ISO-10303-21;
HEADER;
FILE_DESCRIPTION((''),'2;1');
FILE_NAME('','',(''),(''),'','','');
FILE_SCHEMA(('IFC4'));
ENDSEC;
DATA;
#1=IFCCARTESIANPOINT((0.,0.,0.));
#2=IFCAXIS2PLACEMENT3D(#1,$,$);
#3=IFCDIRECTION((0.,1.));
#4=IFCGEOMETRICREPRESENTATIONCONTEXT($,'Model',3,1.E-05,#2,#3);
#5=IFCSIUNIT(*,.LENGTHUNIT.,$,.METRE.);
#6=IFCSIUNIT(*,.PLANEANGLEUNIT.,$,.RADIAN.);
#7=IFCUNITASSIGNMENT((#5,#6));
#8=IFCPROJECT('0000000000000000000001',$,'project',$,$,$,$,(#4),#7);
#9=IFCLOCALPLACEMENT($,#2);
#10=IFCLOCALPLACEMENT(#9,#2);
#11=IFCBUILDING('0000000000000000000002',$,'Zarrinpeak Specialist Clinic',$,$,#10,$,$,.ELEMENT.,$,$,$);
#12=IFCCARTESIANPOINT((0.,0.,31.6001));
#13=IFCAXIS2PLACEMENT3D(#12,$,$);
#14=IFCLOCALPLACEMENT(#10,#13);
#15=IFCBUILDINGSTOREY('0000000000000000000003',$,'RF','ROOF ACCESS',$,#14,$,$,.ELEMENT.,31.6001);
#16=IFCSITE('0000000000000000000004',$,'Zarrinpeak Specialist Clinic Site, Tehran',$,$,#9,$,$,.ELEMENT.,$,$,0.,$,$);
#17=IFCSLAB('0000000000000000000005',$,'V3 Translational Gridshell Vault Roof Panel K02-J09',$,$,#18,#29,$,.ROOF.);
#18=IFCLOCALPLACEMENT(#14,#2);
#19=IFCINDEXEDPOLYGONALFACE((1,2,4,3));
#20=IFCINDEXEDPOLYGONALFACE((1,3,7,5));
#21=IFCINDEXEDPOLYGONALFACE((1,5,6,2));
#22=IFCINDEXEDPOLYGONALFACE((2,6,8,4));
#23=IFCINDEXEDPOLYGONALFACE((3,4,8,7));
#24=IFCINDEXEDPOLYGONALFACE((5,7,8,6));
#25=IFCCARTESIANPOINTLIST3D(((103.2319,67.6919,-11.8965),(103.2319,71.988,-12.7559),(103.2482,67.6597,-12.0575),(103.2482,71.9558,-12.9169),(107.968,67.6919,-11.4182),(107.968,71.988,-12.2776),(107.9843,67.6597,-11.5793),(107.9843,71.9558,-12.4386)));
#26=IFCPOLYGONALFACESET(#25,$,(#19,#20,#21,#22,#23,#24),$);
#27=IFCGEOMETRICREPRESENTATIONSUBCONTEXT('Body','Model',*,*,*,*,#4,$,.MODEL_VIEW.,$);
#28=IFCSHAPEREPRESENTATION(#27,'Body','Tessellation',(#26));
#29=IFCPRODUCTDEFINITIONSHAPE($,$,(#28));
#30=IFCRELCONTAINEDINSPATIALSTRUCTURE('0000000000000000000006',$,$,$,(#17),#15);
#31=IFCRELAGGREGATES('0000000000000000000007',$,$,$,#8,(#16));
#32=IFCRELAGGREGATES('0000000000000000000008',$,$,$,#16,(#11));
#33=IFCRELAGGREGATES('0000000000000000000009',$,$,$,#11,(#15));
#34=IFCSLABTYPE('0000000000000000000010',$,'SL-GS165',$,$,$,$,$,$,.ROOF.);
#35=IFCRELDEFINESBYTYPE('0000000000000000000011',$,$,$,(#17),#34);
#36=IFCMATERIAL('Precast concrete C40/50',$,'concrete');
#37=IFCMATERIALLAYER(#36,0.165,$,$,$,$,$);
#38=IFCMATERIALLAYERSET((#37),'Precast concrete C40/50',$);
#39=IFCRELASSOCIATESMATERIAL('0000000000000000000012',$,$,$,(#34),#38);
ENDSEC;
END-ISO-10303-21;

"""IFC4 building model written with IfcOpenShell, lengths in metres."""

from ifc_helpers import new_model, si_unit, direction, frame, origin, place, context, subcontext, project, spatial, polyline, outline, extrude, material, layer, layer_set, type_object, element, save


model = new_model("IFC4")

# Units and contexts
model_context = context("Model", 3, precision=1e-05, world=origin(), true_north=direction((0.0, 1.0)))
body_context = subcontext(model_context, "Body", "Model", "MODEL_VIEW")
ifc_project = project(units=[si_unit("LENGTHUNIT", "METRE"), si_unit("PLANEANGLEUNIT", "RADIAN")], contexts=[model_context])

# Site, building, storey
site_placement = place(None, origin())
site = spatial("IfcSite", under=ifc_project, at=site_placement, Name="Zarrinpeak Specialist Clinic Site, Tehran", CompositionType="ELEMENT", RefElevation=0.0)
building_placement = place(site_placement, origin())
building = spatial("IfcBuilding", under=site, at=building_placement, Name="Zarrinpeak Specialist Clinic", CompositionType="ELEMENT")
storey_placement = place(building_placement, frame((0.0, 0.0, 31.6001)))
storey = spatial("IfcBuildingStorey", under=building, at=storey_placement, Name="RF", Description="ROOF ACCESS", CompositionType="ELEMENT", Elevation=31.6001)

# Slab
ifc_material_1 = material(Name="Precast concrete C40/50", Category="concrete")
ifc_layer_1 = layer(ifc_material_1, 0.165)
ifc_layer_set_1 = layer_set([ifc_layer_1], Name="Precast concrete C40/50")
slab_type = type_object("IfcSlabType", Name="SL-GS165", PredefinedType="ROOF", material=ifc_layer_set_1)
slab_1_placement = place(storey_placement, frame((103.2319, 67.6919, -11.8965), z_axis=(-0.098541, 0.195194, 0.975802), x_axis=(0.99494, 0.0, 0.100474)))
element("IfcSlab", 1, at=slab_1_placement, inside=storey, type_object=slab_type, Name="V3 Translational Gridshell Vault Roof Panel K02-J09", PredefinedType="ROOF", context=body_context, shape_type="SweptSolid", body=[
    extrude(outline(polyline([(0.0, 0.0), (4.7602, 0.0), (4.6738, 4.3804), (-0.0863, 4.3804), (0.0, 0.0)])), origin(), (0.0, 0.0, -1.0), 0.165),
])

save(model, "model.ifc")
